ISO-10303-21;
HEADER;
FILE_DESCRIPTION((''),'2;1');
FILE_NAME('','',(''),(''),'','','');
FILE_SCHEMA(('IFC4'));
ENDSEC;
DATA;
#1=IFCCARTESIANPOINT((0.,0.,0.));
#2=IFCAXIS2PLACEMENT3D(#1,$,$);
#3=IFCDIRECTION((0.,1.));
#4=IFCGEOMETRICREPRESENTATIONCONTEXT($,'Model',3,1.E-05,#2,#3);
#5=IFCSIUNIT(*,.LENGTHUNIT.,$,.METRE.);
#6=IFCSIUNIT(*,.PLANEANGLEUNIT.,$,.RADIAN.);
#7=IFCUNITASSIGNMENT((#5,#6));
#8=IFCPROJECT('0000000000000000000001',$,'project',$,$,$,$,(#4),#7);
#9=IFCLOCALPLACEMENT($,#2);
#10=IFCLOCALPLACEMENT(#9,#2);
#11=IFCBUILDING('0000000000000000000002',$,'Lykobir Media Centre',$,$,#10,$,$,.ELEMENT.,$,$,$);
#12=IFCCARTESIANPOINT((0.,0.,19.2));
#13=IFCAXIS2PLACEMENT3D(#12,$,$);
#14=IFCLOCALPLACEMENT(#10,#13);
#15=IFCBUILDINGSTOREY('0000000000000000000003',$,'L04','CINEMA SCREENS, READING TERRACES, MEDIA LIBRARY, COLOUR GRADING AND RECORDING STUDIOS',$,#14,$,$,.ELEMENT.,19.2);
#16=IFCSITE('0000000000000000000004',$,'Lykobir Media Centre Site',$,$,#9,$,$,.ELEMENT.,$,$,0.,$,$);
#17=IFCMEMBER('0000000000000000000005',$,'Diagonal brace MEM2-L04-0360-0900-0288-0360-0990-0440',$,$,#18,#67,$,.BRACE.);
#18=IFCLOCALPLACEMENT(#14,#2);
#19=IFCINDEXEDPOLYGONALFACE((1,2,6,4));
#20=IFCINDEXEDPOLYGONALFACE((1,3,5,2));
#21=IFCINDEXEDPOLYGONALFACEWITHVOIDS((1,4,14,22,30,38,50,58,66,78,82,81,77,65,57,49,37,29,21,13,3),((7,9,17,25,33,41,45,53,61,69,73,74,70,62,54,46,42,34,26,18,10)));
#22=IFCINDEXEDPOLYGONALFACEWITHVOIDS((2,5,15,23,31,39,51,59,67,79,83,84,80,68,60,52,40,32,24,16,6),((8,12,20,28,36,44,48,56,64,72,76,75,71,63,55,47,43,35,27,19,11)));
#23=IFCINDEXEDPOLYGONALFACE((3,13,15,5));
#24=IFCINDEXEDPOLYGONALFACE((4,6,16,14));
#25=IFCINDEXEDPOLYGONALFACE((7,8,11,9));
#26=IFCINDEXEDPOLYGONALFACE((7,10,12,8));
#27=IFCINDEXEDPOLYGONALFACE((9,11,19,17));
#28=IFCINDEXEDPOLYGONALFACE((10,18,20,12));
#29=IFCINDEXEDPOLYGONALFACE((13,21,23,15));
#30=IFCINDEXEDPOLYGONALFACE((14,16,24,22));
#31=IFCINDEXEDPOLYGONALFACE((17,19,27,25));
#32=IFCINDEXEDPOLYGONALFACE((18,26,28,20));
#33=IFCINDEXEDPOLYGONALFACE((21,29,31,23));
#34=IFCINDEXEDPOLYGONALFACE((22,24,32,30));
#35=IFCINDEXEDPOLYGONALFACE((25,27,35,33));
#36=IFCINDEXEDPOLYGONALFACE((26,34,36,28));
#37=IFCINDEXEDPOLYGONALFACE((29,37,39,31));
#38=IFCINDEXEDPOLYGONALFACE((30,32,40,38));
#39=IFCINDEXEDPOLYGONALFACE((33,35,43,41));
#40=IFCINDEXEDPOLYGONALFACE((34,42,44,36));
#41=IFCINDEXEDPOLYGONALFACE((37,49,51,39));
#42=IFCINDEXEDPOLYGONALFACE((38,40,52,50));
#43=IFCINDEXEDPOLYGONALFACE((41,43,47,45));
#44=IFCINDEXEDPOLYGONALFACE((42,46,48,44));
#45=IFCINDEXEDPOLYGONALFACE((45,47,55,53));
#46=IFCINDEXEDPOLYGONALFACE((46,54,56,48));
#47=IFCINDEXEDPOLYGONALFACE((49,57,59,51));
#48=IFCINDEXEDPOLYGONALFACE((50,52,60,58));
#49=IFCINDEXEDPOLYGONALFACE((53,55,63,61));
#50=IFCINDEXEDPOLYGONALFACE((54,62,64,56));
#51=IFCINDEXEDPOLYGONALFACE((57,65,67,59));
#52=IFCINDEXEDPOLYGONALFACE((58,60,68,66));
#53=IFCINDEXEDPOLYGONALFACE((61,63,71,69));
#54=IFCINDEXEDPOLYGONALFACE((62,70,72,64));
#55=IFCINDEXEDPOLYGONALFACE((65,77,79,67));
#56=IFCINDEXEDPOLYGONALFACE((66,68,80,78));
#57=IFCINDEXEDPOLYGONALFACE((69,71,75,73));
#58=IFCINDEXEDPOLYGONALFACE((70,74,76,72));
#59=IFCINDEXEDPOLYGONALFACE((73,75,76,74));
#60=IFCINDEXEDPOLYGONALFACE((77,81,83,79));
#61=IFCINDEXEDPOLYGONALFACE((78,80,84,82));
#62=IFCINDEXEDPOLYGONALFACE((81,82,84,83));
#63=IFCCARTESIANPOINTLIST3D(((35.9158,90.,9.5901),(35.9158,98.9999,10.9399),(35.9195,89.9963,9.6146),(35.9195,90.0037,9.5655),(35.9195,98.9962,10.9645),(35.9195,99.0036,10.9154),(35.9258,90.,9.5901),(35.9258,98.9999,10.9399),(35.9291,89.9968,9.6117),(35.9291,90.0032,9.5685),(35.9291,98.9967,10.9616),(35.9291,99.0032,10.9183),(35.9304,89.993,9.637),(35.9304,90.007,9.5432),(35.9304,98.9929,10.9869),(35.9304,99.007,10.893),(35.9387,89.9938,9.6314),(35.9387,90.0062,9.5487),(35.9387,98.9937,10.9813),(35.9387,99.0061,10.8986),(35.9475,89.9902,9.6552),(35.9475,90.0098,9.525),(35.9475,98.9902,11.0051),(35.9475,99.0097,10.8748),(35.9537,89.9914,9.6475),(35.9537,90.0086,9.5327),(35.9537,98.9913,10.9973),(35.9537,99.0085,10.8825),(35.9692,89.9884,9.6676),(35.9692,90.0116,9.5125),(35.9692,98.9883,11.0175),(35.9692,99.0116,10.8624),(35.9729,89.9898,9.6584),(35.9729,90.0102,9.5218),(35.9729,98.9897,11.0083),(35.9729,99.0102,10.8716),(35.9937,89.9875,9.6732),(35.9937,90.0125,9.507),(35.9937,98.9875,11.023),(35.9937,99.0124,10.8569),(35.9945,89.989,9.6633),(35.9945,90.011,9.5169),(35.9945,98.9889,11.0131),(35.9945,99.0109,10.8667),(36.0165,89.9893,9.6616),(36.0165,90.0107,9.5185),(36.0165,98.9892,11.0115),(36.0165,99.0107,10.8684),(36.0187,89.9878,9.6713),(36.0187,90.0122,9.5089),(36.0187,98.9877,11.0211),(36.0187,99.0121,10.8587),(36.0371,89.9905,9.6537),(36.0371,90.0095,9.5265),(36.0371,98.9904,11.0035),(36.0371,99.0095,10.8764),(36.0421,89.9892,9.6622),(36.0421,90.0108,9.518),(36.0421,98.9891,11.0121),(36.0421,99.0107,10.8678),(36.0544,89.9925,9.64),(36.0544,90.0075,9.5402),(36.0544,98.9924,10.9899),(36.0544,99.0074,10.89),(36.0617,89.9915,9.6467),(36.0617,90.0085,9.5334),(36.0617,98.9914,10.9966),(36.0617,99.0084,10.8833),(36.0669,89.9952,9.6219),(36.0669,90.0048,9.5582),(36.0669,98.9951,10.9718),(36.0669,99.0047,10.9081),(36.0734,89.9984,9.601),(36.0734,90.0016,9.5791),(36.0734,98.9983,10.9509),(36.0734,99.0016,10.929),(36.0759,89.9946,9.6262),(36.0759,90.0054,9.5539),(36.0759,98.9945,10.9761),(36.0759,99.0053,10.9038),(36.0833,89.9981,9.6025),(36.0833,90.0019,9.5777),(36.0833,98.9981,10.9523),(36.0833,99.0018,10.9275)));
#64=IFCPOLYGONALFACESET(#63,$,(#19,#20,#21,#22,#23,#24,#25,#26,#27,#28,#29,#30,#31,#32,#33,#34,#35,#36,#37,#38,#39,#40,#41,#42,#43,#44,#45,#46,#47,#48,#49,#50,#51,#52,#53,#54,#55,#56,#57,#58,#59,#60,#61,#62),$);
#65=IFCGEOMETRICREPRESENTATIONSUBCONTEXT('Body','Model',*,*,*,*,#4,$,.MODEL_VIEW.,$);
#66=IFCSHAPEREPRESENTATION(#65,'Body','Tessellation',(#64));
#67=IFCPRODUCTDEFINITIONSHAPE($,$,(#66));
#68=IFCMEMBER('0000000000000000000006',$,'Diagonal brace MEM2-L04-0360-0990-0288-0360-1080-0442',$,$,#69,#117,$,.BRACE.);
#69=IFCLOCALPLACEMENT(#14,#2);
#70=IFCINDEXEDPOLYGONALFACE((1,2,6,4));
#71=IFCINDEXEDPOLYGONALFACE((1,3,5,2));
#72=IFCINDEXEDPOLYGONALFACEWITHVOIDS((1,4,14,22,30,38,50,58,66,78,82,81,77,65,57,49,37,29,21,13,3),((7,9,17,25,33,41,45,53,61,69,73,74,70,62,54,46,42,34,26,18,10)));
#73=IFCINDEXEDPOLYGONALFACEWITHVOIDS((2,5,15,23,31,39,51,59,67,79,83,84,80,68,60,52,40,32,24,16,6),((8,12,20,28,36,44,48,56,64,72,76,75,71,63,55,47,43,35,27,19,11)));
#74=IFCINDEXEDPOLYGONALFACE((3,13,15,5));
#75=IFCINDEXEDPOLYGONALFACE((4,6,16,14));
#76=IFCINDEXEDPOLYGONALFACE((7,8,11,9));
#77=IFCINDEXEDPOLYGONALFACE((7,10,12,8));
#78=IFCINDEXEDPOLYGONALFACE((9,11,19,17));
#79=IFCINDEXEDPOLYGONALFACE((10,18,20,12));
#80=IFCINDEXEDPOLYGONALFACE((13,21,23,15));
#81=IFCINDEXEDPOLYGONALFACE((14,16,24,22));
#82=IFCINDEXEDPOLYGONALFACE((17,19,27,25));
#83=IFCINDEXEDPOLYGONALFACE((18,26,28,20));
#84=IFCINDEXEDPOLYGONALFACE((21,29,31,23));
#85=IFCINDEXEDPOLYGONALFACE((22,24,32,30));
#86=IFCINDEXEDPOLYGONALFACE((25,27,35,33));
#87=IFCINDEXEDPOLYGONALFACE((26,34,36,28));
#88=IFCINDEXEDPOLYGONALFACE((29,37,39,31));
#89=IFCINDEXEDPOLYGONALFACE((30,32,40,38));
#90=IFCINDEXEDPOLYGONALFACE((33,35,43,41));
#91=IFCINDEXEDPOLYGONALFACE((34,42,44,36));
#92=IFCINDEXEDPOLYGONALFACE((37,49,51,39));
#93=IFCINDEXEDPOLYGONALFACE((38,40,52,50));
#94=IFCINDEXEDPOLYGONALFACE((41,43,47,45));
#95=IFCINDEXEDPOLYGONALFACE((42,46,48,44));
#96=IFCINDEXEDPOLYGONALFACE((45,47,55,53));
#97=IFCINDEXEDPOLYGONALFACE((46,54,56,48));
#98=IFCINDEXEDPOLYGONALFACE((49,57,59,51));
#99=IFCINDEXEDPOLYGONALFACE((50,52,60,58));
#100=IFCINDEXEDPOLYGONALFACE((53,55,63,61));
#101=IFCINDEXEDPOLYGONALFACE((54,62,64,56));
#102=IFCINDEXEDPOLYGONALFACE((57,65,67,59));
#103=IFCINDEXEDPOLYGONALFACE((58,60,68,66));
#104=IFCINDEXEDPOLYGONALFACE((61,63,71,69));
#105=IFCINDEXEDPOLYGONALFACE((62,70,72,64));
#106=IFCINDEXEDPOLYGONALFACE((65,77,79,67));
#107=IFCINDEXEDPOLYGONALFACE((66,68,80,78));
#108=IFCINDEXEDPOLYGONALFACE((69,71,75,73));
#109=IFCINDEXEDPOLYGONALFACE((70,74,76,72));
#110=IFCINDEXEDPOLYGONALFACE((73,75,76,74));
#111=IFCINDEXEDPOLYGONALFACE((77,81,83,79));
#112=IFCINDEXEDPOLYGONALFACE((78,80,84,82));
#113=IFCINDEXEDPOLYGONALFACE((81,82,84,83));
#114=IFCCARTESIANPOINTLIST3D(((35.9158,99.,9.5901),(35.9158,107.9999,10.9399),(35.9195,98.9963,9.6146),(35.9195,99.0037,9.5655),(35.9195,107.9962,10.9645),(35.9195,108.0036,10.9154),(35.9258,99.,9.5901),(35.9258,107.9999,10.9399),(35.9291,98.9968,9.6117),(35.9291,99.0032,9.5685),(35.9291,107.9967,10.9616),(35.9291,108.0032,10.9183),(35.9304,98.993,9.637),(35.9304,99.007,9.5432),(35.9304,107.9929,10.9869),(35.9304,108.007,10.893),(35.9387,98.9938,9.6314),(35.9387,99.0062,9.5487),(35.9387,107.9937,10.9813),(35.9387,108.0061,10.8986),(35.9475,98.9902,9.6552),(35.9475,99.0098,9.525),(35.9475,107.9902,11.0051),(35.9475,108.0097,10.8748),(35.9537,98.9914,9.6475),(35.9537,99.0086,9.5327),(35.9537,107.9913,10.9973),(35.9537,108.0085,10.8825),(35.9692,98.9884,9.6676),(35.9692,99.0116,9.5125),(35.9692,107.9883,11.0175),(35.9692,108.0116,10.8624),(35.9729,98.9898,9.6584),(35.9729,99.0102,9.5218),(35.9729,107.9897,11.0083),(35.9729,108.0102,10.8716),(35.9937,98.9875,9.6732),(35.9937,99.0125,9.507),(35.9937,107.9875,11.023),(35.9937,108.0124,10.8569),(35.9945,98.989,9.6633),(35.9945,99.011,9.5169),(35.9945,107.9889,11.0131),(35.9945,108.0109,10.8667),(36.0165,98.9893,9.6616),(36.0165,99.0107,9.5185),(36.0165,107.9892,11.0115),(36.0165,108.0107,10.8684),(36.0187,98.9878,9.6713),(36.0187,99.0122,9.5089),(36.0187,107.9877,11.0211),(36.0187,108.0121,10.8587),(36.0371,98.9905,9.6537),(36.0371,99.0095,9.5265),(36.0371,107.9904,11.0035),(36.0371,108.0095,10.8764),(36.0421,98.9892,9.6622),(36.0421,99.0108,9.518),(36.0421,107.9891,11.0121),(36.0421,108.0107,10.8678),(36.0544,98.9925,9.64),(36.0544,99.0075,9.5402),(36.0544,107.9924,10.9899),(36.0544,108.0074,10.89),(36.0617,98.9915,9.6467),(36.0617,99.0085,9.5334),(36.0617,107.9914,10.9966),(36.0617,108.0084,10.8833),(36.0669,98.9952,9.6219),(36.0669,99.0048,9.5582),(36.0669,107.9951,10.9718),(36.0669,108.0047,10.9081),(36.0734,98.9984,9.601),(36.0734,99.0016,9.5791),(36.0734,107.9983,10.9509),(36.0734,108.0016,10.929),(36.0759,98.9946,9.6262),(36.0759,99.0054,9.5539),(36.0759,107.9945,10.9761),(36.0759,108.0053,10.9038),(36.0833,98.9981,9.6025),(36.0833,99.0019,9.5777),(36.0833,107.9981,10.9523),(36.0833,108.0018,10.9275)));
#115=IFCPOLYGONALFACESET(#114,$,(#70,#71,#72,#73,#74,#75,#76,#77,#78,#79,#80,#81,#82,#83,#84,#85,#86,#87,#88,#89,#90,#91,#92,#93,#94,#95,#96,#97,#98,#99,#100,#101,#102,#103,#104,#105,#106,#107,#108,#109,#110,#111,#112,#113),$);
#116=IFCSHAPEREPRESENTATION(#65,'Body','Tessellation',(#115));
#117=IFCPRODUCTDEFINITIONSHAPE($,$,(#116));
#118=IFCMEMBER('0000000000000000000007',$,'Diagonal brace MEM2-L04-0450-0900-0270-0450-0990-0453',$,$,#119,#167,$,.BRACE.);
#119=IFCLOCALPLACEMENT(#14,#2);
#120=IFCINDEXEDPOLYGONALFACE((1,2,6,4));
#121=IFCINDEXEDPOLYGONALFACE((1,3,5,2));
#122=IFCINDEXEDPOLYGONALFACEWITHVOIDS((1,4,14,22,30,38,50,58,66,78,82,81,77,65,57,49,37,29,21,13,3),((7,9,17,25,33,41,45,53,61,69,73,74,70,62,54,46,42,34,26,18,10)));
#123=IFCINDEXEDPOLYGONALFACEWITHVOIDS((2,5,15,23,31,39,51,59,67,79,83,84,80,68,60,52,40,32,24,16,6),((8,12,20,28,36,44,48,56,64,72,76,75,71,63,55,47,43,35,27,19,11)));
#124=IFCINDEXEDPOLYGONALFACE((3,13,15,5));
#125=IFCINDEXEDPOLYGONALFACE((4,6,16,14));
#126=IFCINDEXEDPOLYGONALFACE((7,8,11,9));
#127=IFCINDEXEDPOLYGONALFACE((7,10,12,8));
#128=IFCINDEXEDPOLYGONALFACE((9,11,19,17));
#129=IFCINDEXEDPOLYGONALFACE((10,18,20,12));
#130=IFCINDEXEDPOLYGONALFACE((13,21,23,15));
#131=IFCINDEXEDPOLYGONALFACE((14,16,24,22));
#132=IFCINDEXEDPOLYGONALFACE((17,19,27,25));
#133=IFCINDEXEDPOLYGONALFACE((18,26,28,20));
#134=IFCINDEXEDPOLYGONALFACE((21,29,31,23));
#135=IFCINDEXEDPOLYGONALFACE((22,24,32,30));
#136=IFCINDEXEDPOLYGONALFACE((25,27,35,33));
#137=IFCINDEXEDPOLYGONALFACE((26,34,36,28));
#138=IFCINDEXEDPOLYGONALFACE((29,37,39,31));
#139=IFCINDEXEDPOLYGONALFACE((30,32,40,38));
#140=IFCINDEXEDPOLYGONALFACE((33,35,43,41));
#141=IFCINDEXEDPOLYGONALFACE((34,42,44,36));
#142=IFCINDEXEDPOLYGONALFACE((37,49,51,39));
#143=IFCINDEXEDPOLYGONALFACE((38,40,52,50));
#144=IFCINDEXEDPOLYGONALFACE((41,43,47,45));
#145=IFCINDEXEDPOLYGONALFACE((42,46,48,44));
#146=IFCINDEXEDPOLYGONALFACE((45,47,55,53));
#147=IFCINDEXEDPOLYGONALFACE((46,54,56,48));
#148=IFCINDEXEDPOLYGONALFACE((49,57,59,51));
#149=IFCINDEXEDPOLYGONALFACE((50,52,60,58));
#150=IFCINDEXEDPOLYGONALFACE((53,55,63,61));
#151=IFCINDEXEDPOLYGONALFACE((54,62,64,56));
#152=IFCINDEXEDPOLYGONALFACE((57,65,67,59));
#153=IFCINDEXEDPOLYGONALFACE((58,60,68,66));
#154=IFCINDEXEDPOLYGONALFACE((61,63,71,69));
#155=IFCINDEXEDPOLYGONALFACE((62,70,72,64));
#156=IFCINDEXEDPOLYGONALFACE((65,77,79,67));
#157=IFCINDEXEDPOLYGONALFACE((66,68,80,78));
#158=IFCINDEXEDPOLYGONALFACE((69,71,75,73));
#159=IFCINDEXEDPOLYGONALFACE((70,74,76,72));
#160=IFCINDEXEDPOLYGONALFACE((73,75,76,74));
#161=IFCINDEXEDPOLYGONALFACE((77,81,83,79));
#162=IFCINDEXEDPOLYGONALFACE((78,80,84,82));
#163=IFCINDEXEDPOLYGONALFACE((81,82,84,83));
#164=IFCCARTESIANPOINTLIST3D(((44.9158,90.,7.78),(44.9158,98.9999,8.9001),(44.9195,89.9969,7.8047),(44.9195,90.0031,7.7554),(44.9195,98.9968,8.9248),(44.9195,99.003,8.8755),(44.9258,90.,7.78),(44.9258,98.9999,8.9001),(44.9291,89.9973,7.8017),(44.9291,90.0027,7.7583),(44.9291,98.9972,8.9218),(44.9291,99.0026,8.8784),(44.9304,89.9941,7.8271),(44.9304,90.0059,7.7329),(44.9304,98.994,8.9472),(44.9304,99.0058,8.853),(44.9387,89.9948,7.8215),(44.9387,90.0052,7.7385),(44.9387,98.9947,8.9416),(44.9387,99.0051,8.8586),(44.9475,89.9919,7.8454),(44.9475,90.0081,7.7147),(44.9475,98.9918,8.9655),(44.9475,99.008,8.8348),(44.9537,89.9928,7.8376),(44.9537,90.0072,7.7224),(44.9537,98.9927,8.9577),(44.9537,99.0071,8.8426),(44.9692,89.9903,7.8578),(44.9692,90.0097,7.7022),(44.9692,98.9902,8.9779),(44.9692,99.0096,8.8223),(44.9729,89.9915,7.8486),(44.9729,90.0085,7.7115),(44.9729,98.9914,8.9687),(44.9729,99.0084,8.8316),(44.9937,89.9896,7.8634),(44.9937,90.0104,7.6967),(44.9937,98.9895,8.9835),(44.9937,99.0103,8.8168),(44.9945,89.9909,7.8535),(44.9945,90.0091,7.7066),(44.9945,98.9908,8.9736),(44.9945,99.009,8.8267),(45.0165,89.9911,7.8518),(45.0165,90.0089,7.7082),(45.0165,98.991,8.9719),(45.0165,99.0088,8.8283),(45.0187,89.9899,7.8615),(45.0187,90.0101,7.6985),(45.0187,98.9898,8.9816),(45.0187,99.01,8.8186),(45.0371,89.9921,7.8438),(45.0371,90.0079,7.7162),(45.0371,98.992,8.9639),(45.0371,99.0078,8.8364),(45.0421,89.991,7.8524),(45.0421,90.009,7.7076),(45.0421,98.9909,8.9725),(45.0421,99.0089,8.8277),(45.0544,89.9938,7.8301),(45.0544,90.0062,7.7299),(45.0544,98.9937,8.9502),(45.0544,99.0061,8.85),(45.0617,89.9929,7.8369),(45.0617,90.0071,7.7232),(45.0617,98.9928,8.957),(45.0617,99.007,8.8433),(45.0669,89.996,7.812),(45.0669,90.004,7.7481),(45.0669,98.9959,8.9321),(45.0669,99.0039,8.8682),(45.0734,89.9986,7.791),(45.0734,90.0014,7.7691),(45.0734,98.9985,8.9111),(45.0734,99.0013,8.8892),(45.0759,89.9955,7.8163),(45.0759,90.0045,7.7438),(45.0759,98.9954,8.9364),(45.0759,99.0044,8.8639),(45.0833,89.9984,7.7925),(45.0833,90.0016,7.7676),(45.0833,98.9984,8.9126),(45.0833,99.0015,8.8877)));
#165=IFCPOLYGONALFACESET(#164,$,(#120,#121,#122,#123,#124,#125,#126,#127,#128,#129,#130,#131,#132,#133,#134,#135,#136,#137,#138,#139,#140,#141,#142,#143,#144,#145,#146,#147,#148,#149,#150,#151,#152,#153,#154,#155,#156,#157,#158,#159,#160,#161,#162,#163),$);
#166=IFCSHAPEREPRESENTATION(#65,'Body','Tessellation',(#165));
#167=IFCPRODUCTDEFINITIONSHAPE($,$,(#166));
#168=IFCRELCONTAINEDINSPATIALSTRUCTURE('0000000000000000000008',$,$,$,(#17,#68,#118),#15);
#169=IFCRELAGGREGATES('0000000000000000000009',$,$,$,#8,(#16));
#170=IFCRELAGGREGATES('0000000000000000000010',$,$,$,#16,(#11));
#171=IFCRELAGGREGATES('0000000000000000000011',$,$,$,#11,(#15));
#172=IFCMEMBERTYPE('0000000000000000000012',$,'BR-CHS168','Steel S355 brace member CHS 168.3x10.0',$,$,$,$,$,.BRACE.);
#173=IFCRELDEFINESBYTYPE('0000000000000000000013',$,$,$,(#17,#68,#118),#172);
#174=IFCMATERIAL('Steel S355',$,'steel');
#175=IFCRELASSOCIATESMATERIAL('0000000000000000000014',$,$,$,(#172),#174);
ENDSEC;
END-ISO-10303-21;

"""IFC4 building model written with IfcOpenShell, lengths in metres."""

from ifc_helpers import new_model, si_unit, direction, frame, origin, origin_2d, place, context, subcontext, project, spatial, hollow_circle, extrude, material, material_profile, profile_set, type_object, element, save


model = new_model("IFC4")

# Units and contexts
model_context = context("Model", 3, precision=1e-05, world=origin(), true_north=direction((0.0, 1.0)))
body_context = subcontext(model_context, "Body", "Model", "MODEL_VIEW")
ifc_project = project(units=[si_unit("LENGTHUNIT", "METRE"), si_unit("PLANEANGLEUNIT", "RADIAN")], contexts=[model_context])

# Site, building, storey
site_placement = place(None, origin())
site = spatial("IfcSite", under=ifc_project, at=site_placement, Name="Lykobir Media Centre Site", CompositionType="ELEMENT", RefElevation=0.0)
building_placement = place(site_placement, origin())
building = spatial("IfcBuilding", under=site, at=building_placement, Name="Lykobir Media Centre", CompositionType="ELEMENT")
storey_placement = place(building_placement, frame((0.0, 0.0, 19.2)))
storey = spatial("IfcBuildingStorey", under=building, at=storey_placement, Name="L04", Description="CINEMA SCREENS, READING TERRACES, MEDIA LIBRARY, COLOUR GRADING AND RECORDING STUDIOS", CompositionType="ELEMENT", Elevation=19.2)

# Shared definitions
ifc_material_1 = material(Name="Steel S355", Category="steel")

# Members
ifc_material_profile_1 = material_profile(ifc_material_1, hollow_circle(Radius=0.0842, WallThickness=0.01, at=origin_2d()), Name="CHS 168.3x10.0")
ifc_profile_set_1 = profile_set([ifc_material_profile_1], Name="Steel S355")
member_type_1 = type_object("IfcMemberType", Name="BR-CHS168", Description="Steel S355 brace member CHS 168.3x10.0", PredefinedType="BRACE", material=ifc_profile_set_1)
for number, where, z_axis, x_axis, name in (
    (1, (36.0, 90.0, 9.5901), (0.0, 0.988939, 0.148325), (-1.0, 0.0, 0.0), "Diagonal brace MEM2-L04-0360-0900-0288-0360-0990-0440"),
    (2, (36.0, 99.0, 9.5901), (0.0, 0.988939, 0.148325), (-1.0, 0.0, 0.0), "Diagonal brace MEM2-L04-0360-0990-0288-0360-1080-0442"),
):
    element("IfcMember", number, at=place(storey_placement, frame(where, z_axis=z_axis, x_axis=x_axis)), inside=storey, type_object=member_type_1, Name=name, PredefinedType="BRACE", context=body_context, shape_type="SweptSolid", body=[
        extrude(hollow_circle(Radius=0.0842, WallThickness=0.01, at=origin_2d()), origin(), (0.0, 0.0, 1.0), 9.1006),
    ])
for number, where, z_axis, x_axis, name in (
    (3, (45.0, 90.0, 7.78), (0.0, 0.992344, 0.123505), (-1.0, 0.0, 0.0), "Diagonal brace MEM2-L04-0450-0900-0270-0450-0990-0453"),
):
    element("IfcMember", number, at=place(storey_placement, frame(where, z_axis=z_axis, x_axis=x_axis)), inside=storey, type_object=member_type_1, Name=name, PredefinedType="BRACE", context=body_context, shape_type="SweptSolid", body=[
        extrude(hollow_circle(Radius=0.0842, WallThickness=0.01, at=origin_2d()), origin(), (0.0, 0.0, 1.0), 9.0693),
    ])

save(model, "model.ifc")
